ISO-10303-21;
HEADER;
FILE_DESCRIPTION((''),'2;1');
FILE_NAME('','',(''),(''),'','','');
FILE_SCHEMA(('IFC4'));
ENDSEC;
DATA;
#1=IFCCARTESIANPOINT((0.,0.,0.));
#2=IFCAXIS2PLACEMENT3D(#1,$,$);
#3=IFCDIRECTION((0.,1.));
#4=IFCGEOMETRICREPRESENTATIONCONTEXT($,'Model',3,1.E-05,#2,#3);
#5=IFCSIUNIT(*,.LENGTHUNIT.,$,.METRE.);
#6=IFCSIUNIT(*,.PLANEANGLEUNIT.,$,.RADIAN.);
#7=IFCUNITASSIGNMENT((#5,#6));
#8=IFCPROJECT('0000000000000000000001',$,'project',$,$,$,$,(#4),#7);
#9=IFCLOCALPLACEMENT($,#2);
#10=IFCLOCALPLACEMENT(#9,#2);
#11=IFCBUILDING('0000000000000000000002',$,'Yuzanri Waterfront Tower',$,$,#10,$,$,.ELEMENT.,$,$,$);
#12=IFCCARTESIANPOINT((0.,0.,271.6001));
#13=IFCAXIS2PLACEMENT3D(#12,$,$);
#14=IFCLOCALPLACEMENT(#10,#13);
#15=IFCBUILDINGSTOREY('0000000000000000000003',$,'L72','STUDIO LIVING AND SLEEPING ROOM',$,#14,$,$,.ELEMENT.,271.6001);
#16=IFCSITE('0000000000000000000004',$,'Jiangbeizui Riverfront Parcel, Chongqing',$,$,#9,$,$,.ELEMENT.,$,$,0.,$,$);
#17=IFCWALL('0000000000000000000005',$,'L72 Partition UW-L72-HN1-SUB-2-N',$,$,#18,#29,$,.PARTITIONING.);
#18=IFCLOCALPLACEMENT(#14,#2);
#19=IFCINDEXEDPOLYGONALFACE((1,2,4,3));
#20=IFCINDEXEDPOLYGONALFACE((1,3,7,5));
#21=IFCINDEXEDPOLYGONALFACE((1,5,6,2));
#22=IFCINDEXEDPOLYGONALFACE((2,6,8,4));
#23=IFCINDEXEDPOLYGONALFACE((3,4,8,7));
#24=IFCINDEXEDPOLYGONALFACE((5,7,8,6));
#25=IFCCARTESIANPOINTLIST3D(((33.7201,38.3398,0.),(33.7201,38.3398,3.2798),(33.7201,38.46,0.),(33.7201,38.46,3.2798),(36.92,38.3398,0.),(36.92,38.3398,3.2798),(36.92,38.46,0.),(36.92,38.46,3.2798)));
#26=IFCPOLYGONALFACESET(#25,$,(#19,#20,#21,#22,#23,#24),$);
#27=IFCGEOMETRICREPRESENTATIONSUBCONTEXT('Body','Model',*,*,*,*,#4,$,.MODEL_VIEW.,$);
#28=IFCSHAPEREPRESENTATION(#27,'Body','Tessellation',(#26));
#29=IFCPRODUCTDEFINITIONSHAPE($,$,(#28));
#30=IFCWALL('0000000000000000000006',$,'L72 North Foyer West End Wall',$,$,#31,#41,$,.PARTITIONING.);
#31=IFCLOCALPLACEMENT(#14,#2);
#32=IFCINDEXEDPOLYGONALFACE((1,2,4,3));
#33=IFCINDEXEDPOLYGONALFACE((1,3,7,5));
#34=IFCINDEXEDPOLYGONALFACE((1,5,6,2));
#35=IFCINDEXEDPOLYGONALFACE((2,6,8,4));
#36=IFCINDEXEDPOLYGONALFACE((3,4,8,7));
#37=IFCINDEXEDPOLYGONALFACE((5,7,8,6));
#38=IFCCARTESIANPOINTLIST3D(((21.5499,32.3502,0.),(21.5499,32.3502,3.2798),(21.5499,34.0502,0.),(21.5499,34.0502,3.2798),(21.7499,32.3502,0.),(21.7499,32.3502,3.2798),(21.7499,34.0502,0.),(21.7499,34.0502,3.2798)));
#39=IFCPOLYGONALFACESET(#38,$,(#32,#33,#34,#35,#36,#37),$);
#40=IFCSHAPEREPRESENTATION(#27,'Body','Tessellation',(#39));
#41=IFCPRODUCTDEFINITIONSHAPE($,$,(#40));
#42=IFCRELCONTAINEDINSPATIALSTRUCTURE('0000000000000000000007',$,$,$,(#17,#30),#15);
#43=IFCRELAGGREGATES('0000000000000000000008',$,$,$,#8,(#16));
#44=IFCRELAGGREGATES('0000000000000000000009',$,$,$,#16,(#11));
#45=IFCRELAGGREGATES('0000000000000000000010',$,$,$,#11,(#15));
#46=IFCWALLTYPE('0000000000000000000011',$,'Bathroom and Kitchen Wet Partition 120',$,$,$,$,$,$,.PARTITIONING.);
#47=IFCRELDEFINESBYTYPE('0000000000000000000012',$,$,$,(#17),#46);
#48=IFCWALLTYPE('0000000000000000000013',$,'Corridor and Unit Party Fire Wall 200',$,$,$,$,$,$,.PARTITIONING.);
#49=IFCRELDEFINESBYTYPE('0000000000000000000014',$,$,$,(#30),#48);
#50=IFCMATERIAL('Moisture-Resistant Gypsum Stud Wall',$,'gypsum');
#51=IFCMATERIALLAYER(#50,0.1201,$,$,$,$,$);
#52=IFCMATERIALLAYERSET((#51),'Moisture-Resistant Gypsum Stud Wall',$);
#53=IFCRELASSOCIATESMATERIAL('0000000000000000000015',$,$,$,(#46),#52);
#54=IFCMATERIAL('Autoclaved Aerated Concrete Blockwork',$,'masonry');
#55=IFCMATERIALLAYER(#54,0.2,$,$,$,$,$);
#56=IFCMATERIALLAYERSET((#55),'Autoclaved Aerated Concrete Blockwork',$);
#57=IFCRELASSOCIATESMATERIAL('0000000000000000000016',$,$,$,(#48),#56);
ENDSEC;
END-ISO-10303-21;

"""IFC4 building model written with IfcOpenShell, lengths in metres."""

from ifc_helpers import new_model, si_unit, direction, frame, frame_2d, origin, place, context, subcontext, project, spatial, rectangle, extrude, source, transform, mapped, material, layer, layer_set, type_object, element, save


model = new_model("IFC4")

# Units and contexts
model_context = context("Model", 3, precision=1e-05, world=origin(), true_north=direction((0.0, 1.0)))
body_context = subcontext(model_context, "Body", "Model", "MODEL_VIEW")
ifc_project = project(units=[si_unit("LENGTHUNIT", "METRE"), si_unit("PLANEANGLEUNIT", "RADIAN")], contexts=[model_context])

# Site, building, storey
site_placement = place(None, origin())
site = spatial("IfcSite", under=ifc_project, at=site_placement, Name="Jiangbeizui Riverfront Parcel, Chongqing", CompositionType="ELEMENT", RefElevation=0.0)
building_placement = place(site_placement, origin())
building = spatial("IfcBuilding", under=site, at=building_placement, Name="Yuzanri Waterfront Tower", CompositionType="ELEMENT")
storey_placement = place(building_placement, frame((0.0, 0.0, 271.6001)))
storey = spatial("IfcBuildingStorey", under=building, at=storey_placement, Name="L72", Description="STUDIO LIVING AND SLEEPING ROOM", CompositionType="ELEMENT", Elevation=271.6001)

# Shared definitions
ifc_material_1 = material(Name="Moisture-Resistant Gypsum Stud Wall", Category="gypsum")
ifc_layer_1 = layer(ifc_material_1, 0.1201)
ifc_layer_set_1 = layer_set([ifc_layer_1], Name="Moisture-Resistant Gypsum Stud Wall")
wall_type_1 = type_object("IfcWallType", Name="Bathroom and Kitchen Wet Partition 120", PredefinedType="PARTITIONING", material=ifc_layer_set_1)

# Walls
shared_shape_1 = source(origin(), body_context, "Body", "SweptSolid", [
    extrude(rectangle(XDim=3.2, YDim=0.1201, at=frame_2d((1.6001, 0.0))), origin(), (0.0, 0.0, 1.0), 3.2798),
])
wall_1_placement = place(storey_placement, frame((33.72, 38.3999, 0.0), z_axis=(0.0, 0.0, 1.0), x_axis=(1.0, 0.0, 0.0)))
element("IfcWall", 1, at=wall_1_placement, inside=storey, type_object=wall_type_1, Name="L72 Partition UW-L72-HN1-SUB-2-N", PredefinedType="PARTITIONING", context=body_context, shape_type="MappedRepresentation", body=[
    mapped(shared_shape_1, transform((0.0, 0.0, 0.0), scale=1.0)),
])
ifc_material_2 = material(Name="Autoclaved Aerated Concrete Blockwork", Category="masonry")
ifc_layer_2 = layer(ifc_material_2, 0.2)
ifc_layer_set_2 = layer_set([ifc_layer_2], Name="Autoclaved Aerated Concrete Blockwork")
wall_type_2 = type_object("IfcWallType", Name="Corridor and Unit Party Fire Wall 200", PredefinedType="PARTITIONING", material=ifc_layer_set_2)
shared_shape_2 = source(origin(), body_context, "Body", "SweptSolid", [
    extrude(rectangle(XDim=1.7, YDim=0.2, at=frame_2d((0.8501, 0.0))), origin(), (0.0, 0.0, 1.0), 3.2798),
])
wall_2_placement = place(storey_placement, frame((21.6499, 32.3501, 0.0), z_axis=(0.0, 0.0, 1.0), x_axis=(0.0, 1.0, 0.0)))
element("IfcWall", 2, at=wall_2_placement, inside=storey, type_object=wall_type_2, Name="L72 North Foyer West End Wall", PredefinedType="PARTITIONING", context=body_context, shape_type="MappedRepresentation", body=[
    mapped(shared_shape_2, transform((0.0, 0.0, 0.0), scale=1.0)),
])

save(model, "model.ifc")
